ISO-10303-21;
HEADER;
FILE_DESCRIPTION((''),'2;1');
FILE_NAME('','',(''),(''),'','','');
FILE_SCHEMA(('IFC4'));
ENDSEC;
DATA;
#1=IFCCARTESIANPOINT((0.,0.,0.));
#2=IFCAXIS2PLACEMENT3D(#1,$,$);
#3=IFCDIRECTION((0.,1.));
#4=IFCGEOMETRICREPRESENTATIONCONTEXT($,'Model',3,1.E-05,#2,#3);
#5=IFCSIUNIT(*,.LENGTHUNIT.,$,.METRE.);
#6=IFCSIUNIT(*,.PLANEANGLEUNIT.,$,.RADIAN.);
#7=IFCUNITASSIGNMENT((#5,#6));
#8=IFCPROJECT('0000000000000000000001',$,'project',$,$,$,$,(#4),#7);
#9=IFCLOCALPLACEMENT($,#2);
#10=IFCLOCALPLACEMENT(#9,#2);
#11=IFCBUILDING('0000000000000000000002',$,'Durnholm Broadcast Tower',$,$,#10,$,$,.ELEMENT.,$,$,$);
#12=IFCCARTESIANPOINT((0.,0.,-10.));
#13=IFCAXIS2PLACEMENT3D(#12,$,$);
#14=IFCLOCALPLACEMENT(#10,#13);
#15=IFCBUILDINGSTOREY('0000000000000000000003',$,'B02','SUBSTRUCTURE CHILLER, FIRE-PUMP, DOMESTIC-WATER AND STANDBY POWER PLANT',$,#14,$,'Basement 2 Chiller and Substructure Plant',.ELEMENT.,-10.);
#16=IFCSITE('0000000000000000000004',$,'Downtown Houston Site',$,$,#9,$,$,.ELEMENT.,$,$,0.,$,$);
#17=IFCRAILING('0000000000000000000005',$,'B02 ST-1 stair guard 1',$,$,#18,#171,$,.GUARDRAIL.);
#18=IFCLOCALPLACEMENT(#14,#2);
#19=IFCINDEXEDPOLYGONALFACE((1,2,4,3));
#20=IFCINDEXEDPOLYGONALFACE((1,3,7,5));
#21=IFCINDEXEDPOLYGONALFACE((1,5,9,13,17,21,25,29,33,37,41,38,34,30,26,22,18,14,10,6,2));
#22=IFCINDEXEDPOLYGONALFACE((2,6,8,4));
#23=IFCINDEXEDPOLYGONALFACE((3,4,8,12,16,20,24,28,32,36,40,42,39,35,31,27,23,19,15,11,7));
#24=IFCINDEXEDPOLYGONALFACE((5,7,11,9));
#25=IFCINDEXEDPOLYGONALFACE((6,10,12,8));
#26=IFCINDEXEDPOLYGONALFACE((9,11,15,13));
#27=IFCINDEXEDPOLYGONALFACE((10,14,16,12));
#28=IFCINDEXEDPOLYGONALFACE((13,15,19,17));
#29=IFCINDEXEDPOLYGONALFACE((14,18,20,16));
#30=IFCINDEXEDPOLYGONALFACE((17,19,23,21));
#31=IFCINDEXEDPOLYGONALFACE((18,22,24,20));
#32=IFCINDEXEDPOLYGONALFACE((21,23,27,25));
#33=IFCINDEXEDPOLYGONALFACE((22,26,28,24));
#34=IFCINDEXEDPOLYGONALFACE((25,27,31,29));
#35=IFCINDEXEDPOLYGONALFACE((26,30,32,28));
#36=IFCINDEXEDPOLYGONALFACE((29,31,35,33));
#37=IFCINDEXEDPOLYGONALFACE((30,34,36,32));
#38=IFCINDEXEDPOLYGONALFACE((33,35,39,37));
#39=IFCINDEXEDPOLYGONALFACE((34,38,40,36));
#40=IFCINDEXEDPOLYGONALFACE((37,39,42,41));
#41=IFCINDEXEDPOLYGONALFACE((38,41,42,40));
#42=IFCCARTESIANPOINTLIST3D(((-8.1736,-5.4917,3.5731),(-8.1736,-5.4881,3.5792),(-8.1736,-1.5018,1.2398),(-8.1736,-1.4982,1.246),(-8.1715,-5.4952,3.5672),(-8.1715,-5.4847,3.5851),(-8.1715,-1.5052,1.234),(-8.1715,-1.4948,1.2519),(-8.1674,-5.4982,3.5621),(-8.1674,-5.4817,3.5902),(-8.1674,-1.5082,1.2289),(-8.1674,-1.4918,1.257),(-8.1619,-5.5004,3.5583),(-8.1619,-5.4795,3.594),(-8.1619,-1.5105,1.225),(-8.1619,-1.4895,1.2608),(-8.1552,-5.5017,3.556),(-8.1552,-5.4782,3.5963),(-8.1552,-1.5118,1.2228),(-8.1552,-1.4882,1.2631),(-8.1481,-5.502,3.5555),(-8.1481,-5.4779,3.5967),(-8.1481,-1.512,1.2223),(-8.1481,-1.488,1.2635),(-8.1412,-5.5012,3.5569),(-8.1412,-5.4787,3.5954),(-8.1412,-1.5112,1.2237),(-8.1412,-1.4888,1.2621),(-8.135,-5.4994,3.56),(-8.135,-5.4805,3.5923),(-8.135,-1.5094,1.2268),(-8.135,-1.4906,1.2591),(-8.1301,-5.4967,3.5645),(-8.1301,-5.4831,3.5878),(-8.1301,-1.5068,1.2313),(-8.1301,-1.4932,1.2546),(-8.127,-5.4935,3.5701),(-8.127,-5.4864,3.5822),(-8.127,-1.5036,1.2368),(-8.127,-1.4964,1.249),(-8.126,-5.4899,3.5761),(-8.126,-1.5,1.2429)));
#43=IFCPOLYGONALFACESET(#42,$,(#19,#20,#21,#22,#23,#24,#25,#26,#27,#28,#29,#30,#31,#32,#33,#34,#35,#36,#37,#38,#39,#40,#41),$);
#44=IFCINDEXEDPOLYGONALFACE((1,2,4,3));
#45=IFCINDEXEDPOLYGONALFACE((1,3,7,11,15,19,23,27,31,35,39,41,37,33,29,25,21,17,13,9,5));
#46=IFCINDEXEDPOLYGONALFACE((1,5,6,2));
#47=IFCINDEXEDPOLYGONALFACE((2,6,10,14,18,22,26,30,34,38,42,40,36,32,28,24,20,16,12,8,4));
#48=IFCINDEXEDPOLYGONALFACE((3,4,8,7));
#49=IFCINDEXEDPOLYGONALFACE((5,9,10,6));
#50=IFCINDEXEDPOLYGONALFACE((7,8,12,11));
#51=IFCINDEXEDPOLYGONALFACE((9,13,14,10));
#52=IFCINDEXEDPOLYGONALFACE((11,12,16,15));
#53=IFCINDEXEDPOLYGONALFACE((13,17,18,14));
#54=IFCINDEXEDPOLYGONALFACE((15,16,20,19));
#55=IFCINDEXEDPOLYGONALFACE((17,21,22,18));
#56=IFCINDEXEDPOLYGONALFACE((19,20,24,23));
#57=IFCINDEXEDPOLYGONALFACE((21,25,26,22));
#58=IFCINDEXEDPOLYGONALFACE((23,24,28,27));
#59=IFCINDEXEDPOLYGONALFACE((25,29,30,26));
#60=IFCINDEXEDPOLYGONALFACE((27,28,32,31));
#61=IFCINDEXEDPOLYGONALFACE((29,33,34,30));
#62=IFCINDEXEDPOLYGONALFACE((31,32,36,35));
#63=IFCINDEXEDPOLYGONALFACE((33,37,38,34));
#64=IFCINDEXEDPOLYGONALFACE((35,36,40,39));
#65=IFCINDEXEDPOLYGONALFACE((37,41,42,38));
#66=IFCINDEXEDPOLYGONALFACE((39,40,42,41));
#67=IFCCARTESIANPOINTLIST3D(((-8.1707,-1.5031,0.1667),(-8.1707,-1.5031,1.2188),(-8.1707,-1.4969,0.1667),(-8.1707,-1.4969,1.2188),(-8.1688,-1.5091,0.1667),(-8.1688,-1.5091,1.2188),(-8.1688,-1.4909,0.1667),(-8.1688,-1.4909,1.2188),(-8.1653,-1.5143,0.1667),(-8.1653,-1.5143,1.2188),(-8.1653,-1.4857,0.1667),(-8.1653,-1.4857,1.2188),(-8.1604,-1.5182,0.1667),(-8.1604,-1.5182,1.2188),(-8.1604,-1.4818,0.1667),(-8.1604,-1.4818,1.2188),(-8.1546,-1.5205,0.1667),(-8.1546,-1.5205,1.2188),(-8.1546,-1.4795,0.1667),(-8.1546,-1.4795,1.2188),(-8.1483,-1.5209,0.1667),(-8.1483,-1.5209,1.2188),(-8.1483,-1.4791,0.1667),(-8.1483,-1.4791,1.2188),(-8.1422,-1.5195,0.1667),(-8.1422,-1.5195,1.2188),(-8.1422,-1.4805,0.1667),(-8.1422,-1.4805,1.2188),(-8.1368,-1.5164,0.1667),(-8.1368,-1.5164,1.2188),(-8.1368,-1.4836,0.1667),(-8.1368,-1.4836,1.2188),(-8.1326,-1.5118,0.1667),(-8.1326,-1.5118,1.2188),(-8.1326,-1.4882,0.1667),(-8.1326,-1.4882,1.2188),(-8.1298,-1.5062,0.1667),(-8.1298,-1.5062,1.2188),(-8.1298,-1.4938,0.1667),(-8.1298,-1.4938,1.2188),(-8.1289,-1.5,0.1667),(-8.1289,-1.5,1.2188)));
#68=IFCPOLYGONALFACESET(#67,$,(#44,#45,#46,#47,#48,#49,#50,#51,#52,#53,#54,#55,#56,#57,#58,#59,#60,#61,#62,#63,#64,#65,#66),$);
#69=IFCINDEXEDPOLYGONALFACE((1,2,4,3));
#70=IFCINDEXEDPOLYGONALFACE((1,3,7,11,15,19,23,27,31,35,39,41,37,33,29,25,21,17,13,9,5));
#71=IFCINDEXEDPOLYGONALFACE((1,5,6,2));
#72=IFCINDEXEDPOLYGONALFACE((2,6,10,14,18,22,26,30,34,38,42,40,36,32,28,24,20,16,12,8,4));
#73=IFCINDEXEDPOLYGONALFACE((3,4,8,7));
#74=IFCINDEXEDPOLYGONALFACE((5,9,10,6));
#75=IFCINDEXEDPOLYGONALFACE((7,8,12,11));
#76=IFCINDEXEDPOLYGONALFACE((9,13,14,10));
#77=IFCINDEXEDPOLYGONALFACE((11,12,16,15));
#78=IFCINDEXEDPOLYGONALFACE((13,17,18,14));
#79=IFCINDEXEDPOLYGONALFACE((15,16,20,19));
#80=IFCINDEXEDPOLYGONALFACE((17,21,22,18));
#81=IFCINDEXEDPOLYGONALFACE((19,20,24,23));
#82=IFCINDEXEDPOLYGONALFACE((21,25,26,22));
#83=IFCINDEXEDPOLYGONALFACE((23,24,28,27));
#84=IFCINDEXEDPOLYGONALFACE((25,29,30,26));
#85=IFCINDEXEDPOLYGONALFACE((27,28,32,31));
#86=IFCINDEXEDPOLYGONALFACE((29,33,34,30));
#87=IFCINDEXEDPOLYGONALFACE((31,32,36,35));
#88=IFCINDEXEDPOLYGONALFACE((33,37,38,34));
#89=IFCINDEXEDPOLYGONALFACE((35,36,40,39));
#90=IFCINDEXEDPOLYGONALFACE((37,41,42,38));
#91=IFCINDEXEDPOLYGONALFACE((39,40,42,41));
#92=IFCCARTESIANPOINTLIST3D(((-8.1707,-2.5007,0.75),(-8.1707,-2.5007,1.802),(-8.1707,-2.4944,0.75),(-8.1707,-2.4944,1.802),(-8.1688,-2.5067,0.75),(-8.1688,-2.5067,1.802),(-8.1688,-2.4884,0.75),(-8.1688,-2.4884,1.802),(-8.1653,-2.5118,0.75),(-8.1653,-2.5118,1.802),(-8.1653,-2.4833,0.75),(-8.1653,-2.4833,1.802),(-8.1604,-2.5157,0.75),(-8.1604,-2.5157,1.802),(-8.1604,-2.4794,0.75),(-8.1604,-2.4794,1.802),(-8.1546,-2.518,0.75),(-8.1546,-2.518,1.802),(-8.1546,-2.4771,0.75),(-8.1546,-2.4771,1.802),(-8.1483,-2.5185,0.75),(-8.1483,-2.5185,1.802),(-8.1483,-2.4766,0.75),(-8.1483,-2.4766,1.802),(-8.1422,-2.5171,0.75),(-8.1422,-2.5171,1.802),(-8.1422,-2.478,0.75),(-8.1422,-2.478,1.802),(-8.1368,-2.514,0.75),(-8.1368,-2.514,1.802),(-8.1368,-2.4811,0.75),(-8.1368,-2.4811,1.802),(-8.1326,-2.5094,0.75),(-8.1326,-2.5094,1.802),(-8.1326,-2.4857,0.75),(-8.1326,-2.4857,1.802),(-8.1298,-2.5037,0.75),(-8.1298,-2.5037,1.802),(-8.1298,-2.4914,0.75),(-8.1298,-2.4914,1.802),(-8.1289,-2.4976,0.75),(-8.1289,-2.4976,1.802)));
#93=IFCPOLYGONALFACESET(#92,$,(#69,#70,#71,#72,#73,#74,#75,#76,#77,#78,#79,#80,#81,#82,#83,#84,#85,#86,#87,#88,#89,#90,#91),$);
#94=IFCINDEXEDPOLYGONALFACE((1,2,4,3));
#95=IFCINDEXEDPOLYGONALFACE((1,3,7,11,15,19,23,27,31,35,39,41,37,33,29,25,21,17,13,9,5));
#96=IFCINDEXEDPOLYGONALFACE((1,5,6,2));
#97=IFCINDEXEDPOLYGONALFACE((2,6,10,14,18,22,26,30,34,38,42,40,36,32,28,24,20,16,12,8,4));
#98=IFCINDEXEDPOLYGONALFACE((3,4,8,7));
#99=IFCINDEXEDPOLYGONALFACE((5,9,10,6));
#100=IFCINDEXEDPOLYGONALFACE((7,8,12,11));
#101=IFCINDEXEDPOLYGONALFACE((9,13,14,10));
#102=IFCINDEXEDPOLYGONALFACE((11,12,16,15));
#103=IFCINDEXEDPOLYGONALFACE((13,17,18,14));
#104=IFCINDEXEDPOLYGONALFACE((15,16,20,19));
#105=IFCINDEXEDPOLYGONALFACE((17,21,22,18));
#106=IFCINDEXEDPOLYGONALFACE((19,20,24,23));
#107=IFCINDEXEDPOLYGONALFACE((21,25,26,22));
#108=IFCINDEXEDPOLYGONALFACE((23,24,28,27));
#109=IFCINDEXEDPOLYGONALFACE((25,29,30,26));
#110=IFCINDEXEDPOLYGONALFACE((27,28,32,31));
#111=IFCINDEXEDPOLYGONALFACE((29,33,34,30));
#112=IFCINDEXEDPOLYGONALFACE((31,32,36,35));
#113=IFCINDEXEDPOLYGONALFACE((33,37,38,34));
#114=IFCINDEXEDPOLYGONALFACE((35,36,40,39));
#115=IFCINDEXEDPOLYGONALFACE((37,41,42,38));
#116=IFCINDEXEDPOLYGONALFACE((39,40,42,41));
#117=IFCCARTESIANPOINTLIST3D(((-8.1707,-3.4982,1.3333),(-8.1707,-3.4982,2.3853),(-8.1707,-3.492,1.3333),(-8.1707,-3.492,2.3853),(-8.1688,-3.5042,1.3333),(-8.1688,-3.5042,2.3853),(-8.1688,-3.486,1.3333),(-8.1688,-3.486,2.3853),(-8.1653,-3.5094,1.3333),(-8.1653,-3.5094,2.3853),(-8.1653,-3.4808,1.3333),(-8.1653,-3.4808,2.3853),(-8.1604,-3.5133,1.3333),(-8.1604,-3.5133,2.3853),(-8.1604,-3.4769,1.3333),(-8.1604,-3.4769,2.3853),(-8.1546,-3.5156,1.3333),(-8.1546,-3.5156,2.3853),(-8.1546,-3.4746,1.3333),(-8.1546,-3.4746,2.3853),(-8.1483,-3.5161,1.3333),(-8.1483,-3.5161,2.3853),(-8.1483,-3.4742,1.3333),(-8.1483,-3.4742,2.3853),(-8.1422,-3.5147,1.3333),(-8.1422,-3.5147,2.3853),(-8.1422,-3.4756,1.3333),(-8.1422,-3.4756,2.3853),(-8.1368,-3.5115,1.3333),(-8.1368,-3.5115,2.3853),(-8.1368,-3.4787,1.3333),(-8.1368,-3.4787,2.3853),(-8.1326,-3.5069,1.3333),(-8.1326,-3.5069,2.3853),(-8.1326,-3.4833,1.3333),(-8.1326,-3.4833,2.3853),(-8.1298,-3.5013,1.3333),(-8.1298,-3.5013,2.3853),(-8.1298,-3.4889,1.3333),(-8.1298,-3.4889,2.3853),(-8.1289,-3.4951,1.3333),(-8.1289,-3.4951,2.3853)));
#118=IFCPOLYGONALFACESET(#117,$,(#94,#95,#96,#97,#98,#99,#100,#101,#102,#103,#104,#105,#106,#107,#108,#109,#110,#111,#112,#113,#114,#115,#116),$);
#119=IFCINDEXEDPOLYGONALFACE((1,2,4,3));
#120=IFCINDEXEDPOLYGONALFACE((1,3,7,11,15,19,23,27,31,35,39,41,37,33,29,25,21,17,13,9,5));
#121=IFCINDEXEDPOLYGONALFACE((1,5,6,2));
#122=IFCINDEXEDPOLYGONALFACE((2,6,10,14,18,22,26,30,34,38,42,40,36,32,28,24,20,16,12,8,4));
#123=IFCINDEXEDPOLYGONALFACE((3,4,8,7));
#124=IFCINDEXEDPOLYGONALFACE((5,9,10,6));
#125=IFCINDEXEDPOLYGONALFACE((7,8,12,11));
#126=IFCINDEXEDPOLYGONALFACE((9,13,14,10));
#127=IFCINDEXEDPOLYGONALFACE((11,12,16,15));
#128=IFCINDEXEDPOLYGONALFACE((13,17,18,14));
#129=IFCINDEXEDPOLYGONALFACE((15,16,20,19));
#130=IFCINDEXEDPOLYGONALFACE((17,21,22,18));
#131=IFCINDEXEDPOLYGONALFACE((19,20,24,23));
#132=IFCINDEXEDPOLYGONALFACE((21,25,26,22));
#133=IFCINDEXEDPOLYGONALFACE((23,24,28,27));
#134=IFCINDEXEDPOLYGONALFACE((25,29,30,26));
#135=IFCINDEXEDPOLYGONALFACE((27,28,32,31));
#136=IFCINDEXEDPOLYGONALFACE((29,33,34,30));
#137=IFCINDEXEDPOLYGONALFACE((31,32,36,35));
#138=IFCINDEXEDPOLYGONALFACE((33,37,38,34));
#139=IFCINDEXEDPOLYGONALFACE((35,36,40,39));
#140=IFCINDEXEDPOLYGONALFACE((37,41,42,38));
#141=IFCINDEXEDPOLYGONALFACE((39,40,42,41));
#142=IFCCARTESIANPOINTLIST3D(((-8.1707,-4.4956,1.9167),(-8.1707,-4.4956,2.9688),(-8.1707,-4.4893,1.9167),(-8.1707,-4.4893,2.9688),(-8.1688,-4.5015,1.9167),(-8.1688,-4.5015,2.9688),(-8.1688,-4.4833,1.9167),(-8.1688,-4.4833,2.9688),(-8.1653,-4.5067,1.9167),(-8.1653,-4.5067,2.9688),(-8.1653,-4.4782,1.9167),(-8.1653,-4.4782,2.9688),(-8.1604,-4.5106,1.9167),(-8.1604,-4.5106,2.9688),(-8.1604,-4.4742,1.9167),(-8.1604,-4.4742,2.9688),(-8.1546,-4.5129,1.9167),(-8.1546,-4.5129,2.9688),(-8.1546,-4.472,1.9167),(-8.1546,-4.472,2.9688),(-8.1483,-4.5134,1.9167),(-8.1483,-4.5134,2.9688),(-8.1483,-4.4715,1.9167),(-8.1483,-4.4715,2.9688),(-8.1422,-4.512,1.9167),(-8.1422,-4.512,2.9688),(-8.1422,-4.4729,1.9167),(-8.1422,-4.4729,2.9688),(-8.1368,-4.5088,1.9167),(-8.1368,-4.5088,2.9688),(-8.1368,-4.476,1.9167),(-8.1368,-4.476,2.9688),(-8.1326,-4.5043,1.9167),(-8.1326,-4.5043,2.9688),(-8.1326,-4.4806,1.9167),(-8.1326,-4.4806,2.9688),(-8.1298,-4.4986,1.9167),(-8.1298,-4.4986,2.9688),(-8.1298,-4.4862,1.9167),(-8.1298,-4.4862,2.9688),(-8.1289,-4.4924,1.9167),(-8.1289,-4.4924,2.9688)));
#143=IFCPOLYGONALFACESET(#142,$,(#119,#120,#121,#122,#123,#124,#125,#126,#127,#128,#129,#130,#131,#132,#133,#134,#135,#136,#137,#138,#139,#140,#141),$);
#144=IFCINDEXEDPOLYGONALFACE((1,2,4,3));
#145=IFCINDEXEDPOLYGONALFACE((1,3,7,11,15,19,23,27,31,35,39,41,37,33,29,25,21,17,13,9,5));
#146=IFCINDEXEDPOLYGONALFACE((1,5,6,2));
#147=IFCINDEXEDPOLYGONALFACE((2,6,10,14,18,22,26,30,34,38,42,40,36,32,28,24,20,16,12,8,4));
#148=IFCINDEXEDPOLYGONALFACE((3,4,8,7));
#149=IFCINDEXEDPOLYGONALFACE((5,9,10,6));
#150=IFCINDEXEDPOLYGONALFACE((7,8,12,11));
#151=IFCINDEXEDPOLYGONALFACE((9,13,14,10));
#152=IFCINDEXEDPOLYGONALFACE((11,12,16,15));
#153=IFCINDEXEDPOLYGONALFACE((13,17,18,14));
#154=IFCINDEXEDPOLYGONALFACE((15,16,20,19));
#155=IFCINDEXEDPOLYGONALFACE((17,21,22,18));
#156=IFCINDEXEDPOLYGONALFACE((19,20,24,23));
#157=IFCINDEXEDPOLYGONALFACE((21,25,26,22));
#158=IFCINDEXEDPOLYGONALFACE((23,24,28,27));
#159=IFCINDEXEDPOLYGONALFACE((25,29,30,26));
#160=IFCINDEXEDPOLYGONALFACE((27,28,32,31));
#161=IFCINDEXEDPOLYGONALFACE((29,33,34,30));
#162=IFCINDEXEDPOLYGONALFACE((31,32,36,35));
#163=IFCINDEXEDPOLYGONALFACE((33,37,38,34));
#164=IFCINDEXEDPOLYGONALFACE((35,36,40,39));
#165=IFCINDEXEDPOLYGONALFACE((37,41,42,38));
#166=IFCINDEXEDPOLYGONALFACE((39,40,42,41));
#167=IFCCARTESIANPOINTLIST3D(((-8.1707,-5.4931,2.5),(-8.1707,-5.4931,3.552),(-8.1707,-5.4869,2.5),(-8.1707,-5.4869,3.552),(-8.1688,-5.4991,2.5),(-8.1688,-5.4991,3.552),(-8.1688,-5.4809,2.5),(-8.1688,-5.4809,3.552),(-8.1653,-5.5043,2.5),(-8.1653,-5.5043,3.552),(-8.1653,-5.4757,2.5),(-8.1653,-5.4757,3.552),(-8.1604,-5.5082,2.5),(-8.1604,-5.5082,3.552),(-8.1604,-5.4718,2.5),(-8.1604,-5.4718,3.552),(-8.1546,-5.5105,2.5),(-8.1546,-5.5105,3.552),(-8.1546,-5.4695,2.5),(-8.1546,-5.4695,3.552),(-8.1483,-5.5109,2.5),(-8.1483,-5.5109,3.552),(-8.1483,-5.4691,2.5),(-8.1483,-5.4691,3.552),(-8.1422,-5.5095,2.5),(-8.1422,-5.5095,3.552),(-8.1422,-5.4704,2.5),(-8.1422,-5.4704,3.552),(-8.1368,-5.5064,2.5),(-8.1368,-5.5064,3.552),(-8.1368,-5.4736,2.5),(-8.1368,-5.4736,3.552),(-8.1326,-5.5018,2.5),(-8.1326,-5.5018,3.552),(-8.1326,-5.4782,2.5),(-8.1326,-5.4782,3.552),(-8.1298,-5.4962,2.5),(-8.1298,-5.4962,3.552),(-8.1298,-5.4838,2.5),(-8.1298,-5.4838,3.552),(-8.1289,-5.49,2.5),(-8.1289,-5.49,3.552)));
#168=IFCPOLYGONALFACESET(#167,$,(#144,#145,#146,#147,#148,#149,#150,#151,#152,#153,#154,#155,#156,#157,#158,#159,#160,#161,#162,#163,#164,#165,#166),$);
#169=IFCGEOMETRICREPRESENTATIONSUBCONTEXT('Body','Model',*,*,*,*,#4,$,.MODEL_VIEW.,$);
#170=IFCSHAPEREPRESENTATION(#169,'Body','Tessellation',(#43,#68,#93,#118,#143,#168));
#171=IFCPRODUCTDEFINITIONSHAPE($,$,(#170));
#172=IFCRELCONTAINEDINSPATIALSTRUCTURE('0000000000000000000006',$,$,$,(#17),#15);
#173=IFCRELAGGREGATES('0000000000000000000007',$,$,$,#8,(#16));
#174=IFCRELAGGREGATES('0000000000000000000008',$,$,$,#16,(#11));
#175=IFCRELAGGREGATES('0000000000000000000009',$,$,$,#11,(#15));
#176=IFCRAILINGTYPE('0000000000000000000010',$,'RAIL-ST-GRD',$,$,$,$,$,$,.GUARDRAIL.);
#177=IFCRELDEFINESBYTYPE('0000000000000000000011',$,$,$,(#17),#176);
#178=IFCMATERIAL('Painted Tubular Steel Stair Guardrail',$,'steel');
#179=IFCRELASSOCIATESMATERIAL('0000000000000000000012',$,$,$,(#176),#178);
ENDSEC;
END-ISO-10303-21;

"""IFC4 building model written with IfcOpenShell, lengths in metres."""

from ifc_helpers import new_model, si_unit, direction, frame, origin, origin_2d, place, context, subcontext, project, spatial, circle, extrude, material, type_object, element, save


model = new_model("IFC4")

# Units and contexts
model_context = context("Model", 3, precision=1e-05, world=origin(), true_north=direction((0.0, 1.0)))
body_context = subcontext(model_context, "Body", "Model", "MODEL_VIEW")
ifc_project = project(units=[si_unit("LENGTHUNIT", "METRE"), si_unit("PLANEANGLEUNIT", "RADIAN")], contexts=[model_context])

# Site, building, storey
site_placement = place(None, origin())
site = spatial("IfcSite", under=ifc_project, at=site_placement, Name="Downtown Houston Site", CompositionType="ELEMENT", RefElevation=0.0)
building_placement = place(site_placement, origin())
building = spatial("IfcBuilding", under=site, at=building_placement, Name="Durnholm Broadcast Tower", CompositionType="ELEMENT")
storey_placement = place(building_placement, frame((0.0, 0.0, -10.0)))
storey = spatial("IfcBuildingStorey", under=building, at=storey_placement, Name="B02", Description="SUBSTRUCTURE CHILLER, FIRE-PUMP, DOMESTIC-WATER AND STANDBY POWER PLANT", LongName="Basement 2 Chiller and Substructure Plant", CompositionType="ELEMENT", Elevation=-10.0)

# Railing
ifc_material_1 = material(Name="Painted Tubular Steel Stair Guardrail", Category="steel")
railing_type_1 = type_object("IfcRailingType", Name="RAIL-ST-GRD", PredefinedType="GUARDRAIL", material=ifc_material_1)
railing_1_placement = place(storey_placement, frame((-8.1499, -1.5, 0.1667)))
element("IfcRailing", 1, at=railing_1_placement, inside=storey, type_object=railing_type_1, Name="B02 ST-1 stair guard 1", PredefinedType="GUARDRAIL", context=body_context, shape_type="SweptSolid", body=[
    extrude(circle(Radius=0.0239, at=origin_2d()), frame((0.0, 0.0, 1.0762), z_axis=(0.0, -0.863236, 0.5048), x_axis=(1.0, 0.0, 0.0)), (0.0, 0.0, 1.0), 4.6221),
    extrude(circle(Radius=0.021, at=origin_2d()), origin(), (0.0, 0.0, 1.0), 1.052),
    extrude(circle(Radius=0.021, at=origin_2d()), frame((0.0, -0.9976, 0.5833)), (0.0, 0.0, 1.0), 1.052),
    extrude(circle(Radius=0.021, at=origin_2d()), frame((0.0, -1.9951, 1.1665)), (0.0, 0.0, 1.0), 1.052),
    extrude(circle(Radius=0.021, at=origin_2d()), frame((0.0, -2.9924, 1.75)), (0.0, 0.0, 1.0), 1.052),
    extrude(circle(Radius=0.021, at=origin_2d()), frame((0.0, -3.99, 2.3333)), (0.0, 0.0, 1.0), 1.052),
])

save(model, "model.ifc")
